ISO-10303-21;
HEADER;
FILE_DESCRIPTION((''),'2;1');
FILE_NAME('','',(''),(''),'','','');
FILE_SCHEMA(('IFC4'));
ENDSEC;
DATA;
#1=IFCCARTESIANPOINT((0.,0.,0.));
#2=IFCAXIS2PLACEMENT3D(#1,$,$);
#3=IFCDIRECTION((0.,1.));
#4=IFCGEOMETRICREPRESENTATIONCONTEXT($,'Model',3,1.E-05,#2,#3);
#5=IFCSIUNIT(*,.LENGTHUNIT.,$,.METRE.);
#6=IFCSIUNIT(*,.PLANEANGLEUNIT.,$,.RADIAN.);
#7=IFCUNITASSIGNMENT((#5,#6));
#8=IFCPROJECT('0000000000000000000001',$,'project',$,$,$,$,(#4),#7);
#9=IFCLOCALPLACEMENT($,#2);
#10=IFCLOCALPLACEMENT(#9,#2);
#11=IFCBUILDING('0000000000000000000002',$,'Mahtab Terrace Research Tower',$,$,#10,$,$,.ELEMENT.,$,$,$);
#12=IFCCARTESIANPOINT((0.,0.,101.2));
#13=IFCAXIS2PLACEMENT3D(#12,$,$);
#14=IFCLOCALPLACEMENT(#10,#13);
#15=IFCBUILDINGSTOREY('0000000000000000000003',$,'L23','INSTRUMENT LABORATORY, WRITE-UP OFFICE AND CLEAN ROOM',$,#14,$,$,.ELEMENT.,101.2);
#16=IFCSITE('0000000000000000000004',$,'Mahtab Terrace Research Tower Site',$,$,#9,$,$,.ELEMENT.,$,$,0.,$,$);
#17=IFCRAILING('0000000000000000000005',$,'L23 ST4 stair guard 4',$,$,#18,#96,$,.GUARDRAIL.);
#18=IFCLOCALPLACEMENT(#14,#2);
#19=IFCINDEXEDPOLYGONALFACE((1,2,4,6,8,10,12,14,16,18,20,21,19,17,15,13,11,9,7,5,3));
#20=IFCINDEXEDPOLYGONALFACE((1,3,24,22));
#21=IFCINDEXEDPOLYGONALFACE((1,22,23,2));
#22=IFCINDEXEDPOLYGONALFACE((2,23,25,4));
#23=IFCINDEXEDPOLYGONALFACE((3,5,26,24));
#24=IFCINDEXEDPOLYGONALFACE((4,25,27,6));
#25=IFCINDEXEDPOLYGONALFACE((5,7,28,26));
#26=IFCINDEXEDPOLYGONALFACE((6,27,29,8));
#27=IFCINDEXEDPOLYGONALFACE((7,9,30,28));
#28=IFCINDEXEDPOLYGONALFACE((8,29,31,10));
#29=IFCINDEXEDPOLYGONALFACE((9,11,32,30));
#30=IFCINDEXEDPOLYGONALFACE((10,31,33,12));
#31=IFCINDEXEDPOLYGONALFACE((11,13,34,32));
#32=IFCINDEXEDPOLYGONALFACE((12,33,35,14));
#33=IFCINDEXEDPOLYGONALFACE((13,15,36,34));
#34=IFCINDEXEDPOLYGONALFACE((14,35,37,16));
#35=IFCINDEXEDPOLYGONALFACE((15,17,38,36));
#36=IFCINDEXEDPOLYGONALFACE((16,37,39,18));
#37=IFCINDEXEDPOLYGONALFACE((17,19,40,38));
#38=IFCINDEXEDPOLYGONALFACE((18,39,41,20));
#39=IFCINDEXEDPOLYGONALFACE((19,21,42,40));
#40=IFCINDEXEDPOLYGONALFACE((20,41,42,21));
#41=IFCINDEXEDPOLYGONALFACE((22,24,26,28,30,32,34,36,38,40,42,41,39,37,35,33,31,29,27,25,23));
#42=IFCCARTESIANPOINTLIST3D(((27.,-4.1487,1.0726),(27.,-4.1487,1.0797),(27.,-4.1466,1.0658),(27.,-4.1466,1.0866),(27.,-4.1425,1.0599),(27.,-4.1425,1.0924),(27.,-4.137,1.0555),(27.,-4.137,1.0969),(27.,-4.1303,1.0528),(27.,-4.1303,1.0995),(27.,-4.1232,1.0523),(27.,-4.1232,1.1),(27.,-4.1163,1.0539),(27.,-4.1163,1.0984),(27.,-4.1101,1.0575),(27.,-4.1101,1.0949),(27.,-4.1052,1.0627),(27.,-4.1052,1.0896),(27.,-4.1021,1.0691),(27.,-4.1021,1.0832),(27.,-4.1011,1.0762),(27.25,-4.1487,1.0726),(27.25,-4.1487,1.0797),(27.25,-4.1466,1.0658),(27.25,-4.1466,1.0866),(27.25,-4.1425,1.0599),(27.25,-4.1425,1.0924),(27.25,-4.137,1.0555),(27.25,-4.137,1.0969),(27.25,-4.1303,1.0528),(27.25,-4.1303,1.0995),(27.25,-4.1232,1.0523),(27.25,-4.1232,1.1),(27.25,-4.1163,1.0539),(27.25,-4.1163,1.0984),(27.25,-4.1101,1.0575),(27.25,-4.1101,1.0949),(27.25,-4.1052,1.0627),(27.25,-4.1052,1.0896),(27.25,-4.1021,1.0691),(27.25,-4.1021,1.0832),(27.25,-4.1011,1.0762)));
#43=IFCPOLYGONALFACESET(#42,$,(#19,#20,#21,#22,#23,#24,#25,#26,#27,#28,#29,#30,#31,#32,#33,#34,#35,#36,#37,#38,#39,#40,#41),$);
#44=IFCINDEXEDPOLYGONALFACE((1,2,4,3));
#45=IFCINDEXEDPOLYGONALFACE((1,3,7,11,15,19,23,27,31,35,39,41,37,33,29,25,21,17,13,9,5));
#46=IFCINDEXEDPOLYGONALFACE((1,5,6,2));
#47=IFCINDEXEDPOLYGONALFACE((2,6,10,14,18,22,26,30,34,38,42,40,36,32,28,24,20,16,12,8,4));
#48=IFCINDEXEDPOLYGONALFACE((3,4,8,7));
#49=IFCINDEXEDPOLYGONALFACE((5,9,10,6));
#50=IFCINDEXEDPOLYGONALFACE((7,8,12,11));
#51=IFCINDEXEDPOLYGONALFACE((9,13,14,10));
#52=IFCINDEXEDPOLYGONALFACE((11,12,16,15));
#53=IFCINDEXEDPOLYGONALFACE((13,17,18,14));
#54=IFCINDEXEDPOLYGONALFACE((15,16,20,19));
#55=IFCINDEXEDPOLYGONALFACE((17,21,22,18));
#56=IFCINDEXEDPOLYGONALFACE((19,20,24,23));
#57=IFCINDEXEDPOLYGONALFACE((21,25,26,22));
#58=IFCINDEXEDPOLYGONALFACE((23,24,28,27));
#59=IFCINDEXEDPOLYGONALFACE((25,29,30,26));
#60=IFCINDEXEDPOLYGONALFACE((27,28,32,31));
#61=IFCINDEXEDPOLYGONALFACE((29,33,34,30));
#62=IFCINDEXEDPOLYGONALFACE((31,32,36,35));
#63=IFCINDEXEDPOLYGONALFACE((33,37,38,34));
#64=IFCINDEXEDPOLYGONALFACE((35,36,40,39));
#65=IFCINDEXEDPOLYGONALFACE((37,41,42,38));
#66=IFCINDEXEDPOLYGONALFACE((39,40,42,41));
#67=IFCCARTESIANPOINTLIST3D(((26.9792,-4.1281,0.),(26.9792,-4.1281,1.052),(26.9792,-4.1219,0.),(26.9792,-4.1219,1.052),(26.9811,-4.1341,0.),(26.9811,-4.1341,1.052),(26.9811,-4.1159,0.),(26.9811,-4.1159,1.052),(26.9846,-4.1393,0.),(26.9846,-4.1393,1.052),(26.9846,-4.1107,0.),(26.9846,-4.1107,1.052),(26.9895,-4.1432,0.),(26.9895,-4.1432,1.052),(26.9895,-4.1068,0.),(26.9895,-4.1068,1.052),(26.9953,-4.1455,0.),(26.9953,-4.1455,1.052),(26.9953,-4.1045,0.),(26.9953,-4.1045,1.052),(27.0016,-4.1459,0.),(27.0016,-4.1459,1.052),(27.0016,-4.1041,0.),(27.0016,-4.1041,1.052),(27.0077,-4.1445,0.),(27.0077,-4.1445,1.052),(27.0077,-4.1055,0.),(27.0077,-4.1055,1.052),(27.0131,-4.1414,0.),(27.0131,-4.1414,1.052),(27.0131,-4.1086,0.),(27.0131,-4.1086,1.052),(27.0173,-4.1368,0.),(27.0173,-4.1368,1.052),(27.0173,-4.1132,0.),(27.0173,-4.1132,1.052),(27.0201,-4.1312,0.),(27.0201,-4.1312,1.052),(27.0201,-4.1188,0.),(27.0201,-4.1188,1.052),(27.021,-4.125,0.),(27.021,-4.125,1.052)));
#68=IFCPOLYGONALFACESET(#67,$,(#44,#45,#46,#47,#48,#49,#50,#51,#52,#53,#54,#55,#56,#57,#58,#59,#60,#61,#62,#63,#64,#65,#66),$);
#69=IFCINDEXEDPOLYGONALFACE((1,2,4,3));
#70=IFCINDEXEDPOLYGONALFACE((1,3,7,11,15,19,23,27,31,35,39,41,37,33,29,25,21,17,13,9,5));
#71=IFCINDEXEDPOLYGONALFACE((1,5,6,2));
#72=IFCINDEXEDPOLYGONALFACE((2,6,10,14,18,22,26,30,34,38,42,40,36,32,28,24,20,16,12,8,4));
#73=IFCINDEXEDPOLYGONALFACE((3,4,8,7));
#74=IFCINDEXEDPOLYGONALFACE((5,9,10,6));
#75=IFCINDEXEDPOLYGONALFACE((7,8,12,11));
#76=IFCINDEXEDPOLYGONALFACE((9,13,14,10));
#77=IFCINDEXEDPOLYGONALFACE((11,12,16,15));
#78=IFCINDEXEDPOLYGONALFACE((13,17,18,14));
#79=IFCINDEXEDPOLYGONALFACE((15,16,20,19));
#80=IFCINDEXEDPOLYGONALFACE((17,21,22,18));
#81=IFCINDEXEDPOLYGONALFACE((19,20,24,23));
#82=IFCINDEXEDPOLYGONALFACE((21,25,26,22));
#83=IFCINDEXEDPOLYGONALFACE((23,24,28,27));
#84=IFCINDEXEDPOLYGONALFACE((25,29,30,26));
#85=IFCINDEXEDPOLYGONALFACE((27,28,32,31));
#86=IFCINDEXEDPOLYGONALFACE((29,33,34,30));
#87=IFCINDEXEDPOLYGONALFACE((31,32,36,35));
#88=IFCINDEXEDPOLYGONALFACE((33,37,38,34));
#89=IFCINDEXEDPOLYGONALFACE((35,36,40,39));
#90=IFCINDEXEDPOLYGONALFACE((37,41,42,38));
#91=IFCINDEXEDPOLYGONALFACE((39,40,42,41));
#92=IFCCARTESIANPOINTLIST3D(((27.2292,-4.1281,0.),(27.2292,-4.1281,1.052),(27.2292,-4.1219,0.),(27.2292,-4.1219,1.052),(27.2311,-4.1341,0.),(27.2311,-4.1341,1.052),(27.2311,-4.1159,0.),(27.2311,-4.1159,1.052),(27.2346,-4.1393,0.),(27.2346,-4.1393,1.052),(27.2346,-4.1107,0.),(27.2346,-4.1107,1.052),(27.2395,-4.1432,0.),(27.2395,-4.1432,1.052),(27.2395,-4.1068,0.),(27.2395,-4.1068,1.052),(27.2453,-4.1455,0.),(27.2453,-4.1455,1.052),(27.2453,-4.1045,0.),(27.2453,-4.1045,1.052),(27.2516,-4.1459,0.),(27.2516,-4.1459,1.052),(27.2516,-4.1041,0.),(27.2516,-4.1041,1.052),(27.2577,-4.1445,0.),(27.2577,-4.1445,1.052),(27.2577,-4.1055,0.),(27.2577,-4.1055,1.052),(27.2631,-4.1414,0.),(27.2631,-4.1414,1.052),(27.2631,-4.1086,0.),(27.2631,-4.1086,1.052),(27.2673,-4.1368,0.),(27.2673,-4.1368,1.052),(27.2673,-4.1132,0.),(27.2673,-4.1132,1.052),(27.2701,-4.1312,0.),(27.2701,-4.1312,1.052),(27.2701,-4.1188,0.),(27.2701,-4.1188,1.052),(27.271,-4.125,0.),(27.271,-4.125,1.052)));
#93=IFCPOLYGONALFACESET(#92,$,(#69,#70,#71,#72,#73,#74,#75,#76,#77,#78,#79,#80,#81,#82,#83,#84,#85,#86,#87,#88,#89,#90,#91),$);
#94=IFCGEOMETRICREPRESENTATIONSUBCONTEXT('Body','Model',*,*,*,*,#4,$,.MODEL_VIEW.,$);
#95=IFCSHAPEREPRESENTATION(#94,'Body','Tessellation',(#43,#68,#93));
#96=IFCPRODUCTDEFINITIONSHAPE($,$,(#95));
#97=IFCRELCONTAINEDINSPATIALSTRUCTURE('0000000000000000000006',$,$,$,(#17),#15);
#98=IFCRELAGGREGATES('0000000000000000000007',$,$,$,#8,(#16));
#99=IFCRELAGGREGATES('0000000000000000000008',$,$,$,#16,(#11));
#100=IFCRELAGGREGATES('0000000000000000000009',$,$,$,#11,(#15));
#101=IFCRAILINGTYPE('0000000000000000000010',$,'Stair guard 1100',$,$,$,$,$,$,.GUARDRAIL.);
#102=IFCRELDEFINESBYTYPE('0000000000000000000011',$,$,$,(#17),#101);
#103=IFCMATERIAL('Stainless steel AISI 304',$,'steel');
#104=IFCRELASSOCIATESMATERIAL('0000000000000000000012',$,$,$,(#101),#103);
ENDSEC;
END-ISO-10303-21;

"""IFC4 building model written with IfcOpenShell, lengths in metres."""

from ifc_helpers import new_model, si_unit, direction, frame, origin, origin_2d, place, context, subcontext, project, spatial, circle, extrude, material, type_object, element, save


model = new_model("IFC4")

# Units and contexts
model_context = context("Model", 3, precision=1e-05, world=origin(), true_north=direction((0.0, 1.0)))
body_context = subcontext(model_context, "Body", "Model", "MODEL_VIEW")
ifc_project = project(units=[si_unit("LENGTHUNIT", "METRE"), si_unit("PLANEANGLEUNIT", "RADIAN")], contexts=[model_context])

# Site, building, storey
site_placement = place(None, origin())
site = spatial("IfcSite", under=ifc_project, at=site_placement, Name="Mahtab Terrace Research Tower Site", CompositionType="ELEMENT", RefElevation=0.0)
building_placement = place(site_placement, origin())
building = spatial("IfcBuilding", under=site, at=building_placement, Name="Mahtab Terrace Research Tower", CompositionType="ELEMENT")
storey_placement = place(building_placement, frame((0.0, 0.0, 101.2)))
storey = spatial("IfcBuildingStorey", under=building, at=storey_placement, Name="L23", Description="INSTRUMENT LABORATORY, WRITE-UP OFFICE AND CLEAN ROOM", CompositionType="ELEMENT", Elevation=101.2)

# Railing
ifc_material_1 = material(Name="Stainless steel AISI 304", Category="steel")
railing_type_1 = type_object("IfcRailingType", Name="Stair guard 1100", PredefinedType="GUARDRAIL", material=ifc_material_1)
railing_1_placement = place(storey_placement, frame((27.0, -4.125, 0.0)))
element("IfcRailing", 1, at=railing_1_placement, inside=storey, type_object=railing_type_1, Name="L23 ST4 stair guard 4", PredefinedType="GUARDRAIL", context=body_context, shape_type="SweptSolid", body=[
    extrude(circle(Radius=0.0239, at=origin_2d()), frame((0.0, 0.0, 1.0762), z_axis=(1.0, 0.0, 0.0), x_axis=(0.0, 1.0, 0.0)), (0.0, 0.0, 1.0), 0.25),
    extrude(circle(Radius=0.021, at=origin_2d()), origin(), (0.0, 0.0, 1.0), 1.052),
    extrude(circle(Radius=0.021, at=origin_2d()), frame((0.25, 0.0, 0.0)), (0.0, 0.0, 1.0), 1.052),
])

save(model, "model.ifc")
